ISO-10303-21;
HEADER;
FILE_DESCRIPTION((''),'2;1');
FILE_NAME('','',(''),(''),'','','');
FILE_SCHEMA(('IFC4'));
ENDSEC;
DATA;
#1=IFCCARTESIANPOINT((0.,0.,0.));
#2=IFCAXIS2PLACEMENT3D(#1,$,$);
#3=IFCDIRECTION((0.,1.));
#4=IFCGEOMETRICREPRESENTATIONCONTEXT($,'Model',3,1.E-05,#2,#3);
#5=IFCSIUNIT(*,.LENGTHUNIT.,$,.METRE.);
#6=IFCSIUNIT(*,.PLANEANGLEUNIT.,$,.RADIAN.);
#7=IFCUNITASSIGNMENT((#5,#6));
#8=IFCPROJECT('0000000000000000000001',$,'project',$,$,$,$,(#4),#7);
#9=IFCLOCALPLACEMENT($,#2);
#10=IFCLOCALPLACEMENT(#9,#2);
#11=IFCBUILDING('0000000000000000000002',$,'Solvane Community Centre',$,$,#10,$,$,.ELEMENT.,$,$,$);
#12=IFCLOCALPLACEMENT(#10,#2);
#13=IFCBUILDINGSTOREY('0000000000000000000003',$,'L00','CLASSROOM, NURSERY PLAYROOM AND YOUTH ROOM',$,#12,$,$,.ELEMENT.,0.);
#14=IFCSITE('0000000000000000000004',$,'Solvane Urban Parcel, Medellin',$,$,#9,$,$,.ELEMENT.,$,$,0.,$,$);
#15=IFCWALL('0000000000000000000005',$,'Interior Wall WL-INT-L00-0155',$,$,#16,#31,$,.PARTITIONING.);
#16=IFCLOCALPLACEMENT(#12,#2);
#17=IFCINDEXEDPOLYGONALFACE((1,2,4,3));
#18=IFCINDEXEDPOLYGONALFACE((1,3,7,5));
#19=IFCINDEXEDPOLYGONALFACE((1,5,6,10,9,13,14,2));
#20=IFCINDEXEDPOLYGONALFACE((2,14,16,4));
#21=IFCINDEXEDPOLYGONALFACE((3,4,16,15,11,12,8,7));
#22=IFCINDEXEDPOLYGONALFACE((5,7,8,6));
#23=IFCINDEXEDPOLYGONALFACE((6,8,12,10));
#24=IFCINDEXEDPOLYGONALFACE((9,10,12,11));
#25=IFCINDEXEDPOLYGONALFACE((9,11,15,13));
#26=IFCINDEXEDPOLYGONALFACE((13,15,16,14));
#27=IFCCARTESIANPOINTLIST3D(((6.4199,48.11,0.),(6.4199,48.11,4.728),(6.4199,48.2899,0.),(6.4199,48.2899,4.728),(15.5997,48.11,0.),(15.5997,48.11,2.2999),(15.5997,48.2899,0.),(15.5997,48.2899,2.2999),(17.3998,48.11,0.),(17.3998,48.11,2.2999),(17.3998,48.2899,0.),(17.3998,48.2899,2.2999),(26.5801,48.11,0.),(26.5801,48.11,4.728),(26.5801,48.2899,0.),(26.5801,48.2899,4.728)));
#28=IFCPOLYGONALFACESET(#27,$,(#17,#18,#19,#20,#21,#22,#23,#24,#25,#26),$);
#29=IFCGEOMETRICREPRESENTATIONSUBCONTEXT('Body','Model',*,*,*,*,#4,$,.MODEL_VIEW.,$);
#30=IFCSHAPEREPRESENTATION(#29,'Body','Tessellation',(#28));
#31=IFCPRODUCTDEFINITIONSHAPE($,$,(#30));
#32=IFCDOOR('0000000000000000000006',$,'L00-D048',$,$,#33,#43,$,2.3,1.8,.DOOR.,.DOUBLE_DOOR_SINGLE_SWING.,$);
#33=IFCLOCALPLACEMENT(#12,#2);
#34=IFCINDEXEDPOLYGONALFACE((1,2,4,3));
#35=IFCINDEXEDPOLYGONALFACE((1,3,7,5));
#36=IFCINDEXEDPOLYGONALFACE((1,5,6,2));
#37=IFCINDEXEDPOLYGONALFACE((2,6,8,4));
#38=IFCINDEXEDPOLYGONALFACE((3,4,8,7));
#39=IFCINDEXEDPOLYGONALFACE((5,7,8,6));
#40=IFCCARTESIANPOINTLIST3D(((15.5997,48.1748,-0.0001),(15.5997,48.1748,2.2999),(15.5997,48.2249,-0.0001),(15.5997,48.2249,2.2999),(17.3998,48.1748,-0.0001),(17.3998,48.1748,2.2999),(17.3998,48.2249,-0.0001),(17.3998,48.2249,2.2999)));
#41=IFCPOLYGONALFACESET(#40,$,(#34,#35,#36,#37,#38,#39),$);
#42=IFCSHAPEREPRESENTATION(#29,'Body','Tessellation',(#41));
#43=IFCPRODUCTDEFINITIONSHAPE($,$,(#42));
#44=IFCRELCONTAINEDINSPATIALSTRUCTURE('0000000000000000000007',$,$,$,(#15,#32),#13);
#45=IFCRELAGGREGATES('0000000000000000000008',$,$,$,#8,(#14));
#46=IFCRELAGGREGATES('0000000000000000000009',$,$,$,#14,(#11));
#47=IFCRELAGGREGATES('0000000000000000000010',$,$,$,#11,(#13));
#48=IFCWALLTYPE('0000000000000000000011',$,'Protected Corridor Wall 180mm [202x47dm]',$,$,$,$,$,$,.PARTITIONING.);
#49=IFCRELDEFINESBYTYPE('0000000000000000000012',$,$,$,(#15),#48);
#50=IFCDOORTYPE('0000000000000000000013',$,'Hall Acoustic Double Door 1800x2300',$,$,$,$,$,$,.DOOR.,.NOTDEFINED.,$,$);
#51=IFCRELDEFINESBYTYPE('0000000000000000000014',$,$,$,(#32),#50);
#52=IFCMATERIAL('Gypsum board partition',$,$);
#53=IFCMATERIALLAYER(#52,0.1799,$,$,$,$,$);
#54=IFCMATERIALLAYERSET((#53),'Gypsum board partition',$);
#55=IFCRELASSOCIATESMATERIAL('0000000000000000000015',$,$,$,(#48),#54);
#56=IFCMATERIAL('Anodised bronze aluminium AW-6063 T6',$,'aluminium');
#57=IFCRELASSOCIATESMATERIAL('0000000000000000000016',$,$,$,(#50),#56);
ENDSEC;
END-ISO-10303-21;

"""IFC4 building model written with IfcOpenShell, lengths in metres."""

from ifc_helpers import new_model, si_unit, direction, frame, frame_2d, origin, place, context, subcontext, project, spatial, rectangle, extrude, material, layer, layer_set, type_object, element, fill, save


model = new_model("IFC4")

# Units and contexts
model_context = context("Model", 3, precision=1e-05, world=origin(), true_north=direction((0.0, 1.0)))
body_context = subcontext(model_context, "Body", "Model", "MODEL_VIEW")
ifc_project = project(units=[si_unit("LENGTHUNIT", "METRE"), si_unit("PLANEANGLEUNIT", "RADIAN")], contexts=[model_context])

# Site, building, storey
site_placement = place(None, origin())
site = spatial("IfcSite", under=ifc_project, at=site_placement, Name="Solvane Urban Parcel, Medellin", CompositionType="ELEMENT", RefElevation=0.0)
building_placement = place(site_placement, origin())
building = spatial("IfcBuilding", under=site, at=building_placement, Name="Solvane Community Centre", CompositionType="ELEMENT")
storey_placement = place(building_placement, origin())
storey = spatial("IfcBuildingStorey", under=building, at=storey_placement, Name="L00", Description="CLASSROOM, NURSERY PLAYROOM AND YOUTH ROOM", CompositionType="ELEMENT", Elevation=0.0)

# Wall, opening, door
ifc_material_1 = material(Name="Gypsum board partition")
ifc_layer_1 = layer(ifc_material_1, 0.1799)
ifc_layer_set_1 = layer_set([ifc_layer_1], Name="Gypsum board partition")
wall_type_1 = type_object("IfcWallType", Name="Protected Corridor Wall 180mm [202x47dm]", PredefinedType="PARTITIONING", material=ifc_layer_set_1)
wall_1_placement = place(storey_placement, frame((6.4199, 48.2, 0.0), z_axis=(0.0, 0.0, 1.0), x_axis=(1.0, 0.0, 0.0)))
wall_1 = element("IfcWall", 1, at=wall_1_placement, inside=storey, type_object=wall_type_1, Name="Interior Wall WL-INT-L00-0155", PredefinedType="PARTITIONING", context=body_context, shape_type="SweptSolid", body=[
    extrude(rectangle(XDim=20.1602, YDim=0.1799, at=frame_2d((10.0801, 0.0))), origin(), (0.0, 0.0, 1.0), 4.728),
])
opening_placement = place(wall_1_placement, frame((9.1799, 0.0, 0.0)))
opening = element("IfcOpeningElement", 2, at=opening_placement, cuts=wall_1, PredefinedType="OPENING", context=body_context, shape_type="SweptSolid", body=[
    extrude(rectangle(XDim=1.8, YDim=2.3, at=frame_2d((0.8999, 1.1499))), frame((0.0, 0.0999, 0.0), z_axis=(0.0, -1.0, 0.0), x_axis=(1.0, 0.0, 0.0)), (0.0, 0.0, 1.0), 0.2),
])
ifc_material_2 = material(Name="Anodised bronze aluminium AW-6063 T6", Category="aluminium")
door_type = type_object("IfcDoorType", Name="Hall Acoustic Double Door 1800x2300", OperationType="NOTDEFINED", PredefinedType="DOOR", material=ifc_material_2)
door_placement = place(opening_placement, origin())
door = element("IfcDoor", 3, at=door_placement, inside=storey, type_object=door_type, Name="L00-D048", OperationType="DOUBLE_DOOR_SINGLE_SWING", OverallHeight=2.3, OverallWidth=1.8, PredefinedType="DOOR", context=body_context, shape_type="SweptSolid", body=[
    extrude(rectangle(XDim=1.8, YDim=2.3, at=frame_2d((0.8999, 1.1499))), frame((0.0, 0.0249, 0.0), z_axis=(0.0, -1.0, 0.0), x_axis=(1.0, 0.0, 0.0)), (0.0, 0.0, 1.0), 0.05),
])
fill(opening, door)

save(model, "model.ifc")
